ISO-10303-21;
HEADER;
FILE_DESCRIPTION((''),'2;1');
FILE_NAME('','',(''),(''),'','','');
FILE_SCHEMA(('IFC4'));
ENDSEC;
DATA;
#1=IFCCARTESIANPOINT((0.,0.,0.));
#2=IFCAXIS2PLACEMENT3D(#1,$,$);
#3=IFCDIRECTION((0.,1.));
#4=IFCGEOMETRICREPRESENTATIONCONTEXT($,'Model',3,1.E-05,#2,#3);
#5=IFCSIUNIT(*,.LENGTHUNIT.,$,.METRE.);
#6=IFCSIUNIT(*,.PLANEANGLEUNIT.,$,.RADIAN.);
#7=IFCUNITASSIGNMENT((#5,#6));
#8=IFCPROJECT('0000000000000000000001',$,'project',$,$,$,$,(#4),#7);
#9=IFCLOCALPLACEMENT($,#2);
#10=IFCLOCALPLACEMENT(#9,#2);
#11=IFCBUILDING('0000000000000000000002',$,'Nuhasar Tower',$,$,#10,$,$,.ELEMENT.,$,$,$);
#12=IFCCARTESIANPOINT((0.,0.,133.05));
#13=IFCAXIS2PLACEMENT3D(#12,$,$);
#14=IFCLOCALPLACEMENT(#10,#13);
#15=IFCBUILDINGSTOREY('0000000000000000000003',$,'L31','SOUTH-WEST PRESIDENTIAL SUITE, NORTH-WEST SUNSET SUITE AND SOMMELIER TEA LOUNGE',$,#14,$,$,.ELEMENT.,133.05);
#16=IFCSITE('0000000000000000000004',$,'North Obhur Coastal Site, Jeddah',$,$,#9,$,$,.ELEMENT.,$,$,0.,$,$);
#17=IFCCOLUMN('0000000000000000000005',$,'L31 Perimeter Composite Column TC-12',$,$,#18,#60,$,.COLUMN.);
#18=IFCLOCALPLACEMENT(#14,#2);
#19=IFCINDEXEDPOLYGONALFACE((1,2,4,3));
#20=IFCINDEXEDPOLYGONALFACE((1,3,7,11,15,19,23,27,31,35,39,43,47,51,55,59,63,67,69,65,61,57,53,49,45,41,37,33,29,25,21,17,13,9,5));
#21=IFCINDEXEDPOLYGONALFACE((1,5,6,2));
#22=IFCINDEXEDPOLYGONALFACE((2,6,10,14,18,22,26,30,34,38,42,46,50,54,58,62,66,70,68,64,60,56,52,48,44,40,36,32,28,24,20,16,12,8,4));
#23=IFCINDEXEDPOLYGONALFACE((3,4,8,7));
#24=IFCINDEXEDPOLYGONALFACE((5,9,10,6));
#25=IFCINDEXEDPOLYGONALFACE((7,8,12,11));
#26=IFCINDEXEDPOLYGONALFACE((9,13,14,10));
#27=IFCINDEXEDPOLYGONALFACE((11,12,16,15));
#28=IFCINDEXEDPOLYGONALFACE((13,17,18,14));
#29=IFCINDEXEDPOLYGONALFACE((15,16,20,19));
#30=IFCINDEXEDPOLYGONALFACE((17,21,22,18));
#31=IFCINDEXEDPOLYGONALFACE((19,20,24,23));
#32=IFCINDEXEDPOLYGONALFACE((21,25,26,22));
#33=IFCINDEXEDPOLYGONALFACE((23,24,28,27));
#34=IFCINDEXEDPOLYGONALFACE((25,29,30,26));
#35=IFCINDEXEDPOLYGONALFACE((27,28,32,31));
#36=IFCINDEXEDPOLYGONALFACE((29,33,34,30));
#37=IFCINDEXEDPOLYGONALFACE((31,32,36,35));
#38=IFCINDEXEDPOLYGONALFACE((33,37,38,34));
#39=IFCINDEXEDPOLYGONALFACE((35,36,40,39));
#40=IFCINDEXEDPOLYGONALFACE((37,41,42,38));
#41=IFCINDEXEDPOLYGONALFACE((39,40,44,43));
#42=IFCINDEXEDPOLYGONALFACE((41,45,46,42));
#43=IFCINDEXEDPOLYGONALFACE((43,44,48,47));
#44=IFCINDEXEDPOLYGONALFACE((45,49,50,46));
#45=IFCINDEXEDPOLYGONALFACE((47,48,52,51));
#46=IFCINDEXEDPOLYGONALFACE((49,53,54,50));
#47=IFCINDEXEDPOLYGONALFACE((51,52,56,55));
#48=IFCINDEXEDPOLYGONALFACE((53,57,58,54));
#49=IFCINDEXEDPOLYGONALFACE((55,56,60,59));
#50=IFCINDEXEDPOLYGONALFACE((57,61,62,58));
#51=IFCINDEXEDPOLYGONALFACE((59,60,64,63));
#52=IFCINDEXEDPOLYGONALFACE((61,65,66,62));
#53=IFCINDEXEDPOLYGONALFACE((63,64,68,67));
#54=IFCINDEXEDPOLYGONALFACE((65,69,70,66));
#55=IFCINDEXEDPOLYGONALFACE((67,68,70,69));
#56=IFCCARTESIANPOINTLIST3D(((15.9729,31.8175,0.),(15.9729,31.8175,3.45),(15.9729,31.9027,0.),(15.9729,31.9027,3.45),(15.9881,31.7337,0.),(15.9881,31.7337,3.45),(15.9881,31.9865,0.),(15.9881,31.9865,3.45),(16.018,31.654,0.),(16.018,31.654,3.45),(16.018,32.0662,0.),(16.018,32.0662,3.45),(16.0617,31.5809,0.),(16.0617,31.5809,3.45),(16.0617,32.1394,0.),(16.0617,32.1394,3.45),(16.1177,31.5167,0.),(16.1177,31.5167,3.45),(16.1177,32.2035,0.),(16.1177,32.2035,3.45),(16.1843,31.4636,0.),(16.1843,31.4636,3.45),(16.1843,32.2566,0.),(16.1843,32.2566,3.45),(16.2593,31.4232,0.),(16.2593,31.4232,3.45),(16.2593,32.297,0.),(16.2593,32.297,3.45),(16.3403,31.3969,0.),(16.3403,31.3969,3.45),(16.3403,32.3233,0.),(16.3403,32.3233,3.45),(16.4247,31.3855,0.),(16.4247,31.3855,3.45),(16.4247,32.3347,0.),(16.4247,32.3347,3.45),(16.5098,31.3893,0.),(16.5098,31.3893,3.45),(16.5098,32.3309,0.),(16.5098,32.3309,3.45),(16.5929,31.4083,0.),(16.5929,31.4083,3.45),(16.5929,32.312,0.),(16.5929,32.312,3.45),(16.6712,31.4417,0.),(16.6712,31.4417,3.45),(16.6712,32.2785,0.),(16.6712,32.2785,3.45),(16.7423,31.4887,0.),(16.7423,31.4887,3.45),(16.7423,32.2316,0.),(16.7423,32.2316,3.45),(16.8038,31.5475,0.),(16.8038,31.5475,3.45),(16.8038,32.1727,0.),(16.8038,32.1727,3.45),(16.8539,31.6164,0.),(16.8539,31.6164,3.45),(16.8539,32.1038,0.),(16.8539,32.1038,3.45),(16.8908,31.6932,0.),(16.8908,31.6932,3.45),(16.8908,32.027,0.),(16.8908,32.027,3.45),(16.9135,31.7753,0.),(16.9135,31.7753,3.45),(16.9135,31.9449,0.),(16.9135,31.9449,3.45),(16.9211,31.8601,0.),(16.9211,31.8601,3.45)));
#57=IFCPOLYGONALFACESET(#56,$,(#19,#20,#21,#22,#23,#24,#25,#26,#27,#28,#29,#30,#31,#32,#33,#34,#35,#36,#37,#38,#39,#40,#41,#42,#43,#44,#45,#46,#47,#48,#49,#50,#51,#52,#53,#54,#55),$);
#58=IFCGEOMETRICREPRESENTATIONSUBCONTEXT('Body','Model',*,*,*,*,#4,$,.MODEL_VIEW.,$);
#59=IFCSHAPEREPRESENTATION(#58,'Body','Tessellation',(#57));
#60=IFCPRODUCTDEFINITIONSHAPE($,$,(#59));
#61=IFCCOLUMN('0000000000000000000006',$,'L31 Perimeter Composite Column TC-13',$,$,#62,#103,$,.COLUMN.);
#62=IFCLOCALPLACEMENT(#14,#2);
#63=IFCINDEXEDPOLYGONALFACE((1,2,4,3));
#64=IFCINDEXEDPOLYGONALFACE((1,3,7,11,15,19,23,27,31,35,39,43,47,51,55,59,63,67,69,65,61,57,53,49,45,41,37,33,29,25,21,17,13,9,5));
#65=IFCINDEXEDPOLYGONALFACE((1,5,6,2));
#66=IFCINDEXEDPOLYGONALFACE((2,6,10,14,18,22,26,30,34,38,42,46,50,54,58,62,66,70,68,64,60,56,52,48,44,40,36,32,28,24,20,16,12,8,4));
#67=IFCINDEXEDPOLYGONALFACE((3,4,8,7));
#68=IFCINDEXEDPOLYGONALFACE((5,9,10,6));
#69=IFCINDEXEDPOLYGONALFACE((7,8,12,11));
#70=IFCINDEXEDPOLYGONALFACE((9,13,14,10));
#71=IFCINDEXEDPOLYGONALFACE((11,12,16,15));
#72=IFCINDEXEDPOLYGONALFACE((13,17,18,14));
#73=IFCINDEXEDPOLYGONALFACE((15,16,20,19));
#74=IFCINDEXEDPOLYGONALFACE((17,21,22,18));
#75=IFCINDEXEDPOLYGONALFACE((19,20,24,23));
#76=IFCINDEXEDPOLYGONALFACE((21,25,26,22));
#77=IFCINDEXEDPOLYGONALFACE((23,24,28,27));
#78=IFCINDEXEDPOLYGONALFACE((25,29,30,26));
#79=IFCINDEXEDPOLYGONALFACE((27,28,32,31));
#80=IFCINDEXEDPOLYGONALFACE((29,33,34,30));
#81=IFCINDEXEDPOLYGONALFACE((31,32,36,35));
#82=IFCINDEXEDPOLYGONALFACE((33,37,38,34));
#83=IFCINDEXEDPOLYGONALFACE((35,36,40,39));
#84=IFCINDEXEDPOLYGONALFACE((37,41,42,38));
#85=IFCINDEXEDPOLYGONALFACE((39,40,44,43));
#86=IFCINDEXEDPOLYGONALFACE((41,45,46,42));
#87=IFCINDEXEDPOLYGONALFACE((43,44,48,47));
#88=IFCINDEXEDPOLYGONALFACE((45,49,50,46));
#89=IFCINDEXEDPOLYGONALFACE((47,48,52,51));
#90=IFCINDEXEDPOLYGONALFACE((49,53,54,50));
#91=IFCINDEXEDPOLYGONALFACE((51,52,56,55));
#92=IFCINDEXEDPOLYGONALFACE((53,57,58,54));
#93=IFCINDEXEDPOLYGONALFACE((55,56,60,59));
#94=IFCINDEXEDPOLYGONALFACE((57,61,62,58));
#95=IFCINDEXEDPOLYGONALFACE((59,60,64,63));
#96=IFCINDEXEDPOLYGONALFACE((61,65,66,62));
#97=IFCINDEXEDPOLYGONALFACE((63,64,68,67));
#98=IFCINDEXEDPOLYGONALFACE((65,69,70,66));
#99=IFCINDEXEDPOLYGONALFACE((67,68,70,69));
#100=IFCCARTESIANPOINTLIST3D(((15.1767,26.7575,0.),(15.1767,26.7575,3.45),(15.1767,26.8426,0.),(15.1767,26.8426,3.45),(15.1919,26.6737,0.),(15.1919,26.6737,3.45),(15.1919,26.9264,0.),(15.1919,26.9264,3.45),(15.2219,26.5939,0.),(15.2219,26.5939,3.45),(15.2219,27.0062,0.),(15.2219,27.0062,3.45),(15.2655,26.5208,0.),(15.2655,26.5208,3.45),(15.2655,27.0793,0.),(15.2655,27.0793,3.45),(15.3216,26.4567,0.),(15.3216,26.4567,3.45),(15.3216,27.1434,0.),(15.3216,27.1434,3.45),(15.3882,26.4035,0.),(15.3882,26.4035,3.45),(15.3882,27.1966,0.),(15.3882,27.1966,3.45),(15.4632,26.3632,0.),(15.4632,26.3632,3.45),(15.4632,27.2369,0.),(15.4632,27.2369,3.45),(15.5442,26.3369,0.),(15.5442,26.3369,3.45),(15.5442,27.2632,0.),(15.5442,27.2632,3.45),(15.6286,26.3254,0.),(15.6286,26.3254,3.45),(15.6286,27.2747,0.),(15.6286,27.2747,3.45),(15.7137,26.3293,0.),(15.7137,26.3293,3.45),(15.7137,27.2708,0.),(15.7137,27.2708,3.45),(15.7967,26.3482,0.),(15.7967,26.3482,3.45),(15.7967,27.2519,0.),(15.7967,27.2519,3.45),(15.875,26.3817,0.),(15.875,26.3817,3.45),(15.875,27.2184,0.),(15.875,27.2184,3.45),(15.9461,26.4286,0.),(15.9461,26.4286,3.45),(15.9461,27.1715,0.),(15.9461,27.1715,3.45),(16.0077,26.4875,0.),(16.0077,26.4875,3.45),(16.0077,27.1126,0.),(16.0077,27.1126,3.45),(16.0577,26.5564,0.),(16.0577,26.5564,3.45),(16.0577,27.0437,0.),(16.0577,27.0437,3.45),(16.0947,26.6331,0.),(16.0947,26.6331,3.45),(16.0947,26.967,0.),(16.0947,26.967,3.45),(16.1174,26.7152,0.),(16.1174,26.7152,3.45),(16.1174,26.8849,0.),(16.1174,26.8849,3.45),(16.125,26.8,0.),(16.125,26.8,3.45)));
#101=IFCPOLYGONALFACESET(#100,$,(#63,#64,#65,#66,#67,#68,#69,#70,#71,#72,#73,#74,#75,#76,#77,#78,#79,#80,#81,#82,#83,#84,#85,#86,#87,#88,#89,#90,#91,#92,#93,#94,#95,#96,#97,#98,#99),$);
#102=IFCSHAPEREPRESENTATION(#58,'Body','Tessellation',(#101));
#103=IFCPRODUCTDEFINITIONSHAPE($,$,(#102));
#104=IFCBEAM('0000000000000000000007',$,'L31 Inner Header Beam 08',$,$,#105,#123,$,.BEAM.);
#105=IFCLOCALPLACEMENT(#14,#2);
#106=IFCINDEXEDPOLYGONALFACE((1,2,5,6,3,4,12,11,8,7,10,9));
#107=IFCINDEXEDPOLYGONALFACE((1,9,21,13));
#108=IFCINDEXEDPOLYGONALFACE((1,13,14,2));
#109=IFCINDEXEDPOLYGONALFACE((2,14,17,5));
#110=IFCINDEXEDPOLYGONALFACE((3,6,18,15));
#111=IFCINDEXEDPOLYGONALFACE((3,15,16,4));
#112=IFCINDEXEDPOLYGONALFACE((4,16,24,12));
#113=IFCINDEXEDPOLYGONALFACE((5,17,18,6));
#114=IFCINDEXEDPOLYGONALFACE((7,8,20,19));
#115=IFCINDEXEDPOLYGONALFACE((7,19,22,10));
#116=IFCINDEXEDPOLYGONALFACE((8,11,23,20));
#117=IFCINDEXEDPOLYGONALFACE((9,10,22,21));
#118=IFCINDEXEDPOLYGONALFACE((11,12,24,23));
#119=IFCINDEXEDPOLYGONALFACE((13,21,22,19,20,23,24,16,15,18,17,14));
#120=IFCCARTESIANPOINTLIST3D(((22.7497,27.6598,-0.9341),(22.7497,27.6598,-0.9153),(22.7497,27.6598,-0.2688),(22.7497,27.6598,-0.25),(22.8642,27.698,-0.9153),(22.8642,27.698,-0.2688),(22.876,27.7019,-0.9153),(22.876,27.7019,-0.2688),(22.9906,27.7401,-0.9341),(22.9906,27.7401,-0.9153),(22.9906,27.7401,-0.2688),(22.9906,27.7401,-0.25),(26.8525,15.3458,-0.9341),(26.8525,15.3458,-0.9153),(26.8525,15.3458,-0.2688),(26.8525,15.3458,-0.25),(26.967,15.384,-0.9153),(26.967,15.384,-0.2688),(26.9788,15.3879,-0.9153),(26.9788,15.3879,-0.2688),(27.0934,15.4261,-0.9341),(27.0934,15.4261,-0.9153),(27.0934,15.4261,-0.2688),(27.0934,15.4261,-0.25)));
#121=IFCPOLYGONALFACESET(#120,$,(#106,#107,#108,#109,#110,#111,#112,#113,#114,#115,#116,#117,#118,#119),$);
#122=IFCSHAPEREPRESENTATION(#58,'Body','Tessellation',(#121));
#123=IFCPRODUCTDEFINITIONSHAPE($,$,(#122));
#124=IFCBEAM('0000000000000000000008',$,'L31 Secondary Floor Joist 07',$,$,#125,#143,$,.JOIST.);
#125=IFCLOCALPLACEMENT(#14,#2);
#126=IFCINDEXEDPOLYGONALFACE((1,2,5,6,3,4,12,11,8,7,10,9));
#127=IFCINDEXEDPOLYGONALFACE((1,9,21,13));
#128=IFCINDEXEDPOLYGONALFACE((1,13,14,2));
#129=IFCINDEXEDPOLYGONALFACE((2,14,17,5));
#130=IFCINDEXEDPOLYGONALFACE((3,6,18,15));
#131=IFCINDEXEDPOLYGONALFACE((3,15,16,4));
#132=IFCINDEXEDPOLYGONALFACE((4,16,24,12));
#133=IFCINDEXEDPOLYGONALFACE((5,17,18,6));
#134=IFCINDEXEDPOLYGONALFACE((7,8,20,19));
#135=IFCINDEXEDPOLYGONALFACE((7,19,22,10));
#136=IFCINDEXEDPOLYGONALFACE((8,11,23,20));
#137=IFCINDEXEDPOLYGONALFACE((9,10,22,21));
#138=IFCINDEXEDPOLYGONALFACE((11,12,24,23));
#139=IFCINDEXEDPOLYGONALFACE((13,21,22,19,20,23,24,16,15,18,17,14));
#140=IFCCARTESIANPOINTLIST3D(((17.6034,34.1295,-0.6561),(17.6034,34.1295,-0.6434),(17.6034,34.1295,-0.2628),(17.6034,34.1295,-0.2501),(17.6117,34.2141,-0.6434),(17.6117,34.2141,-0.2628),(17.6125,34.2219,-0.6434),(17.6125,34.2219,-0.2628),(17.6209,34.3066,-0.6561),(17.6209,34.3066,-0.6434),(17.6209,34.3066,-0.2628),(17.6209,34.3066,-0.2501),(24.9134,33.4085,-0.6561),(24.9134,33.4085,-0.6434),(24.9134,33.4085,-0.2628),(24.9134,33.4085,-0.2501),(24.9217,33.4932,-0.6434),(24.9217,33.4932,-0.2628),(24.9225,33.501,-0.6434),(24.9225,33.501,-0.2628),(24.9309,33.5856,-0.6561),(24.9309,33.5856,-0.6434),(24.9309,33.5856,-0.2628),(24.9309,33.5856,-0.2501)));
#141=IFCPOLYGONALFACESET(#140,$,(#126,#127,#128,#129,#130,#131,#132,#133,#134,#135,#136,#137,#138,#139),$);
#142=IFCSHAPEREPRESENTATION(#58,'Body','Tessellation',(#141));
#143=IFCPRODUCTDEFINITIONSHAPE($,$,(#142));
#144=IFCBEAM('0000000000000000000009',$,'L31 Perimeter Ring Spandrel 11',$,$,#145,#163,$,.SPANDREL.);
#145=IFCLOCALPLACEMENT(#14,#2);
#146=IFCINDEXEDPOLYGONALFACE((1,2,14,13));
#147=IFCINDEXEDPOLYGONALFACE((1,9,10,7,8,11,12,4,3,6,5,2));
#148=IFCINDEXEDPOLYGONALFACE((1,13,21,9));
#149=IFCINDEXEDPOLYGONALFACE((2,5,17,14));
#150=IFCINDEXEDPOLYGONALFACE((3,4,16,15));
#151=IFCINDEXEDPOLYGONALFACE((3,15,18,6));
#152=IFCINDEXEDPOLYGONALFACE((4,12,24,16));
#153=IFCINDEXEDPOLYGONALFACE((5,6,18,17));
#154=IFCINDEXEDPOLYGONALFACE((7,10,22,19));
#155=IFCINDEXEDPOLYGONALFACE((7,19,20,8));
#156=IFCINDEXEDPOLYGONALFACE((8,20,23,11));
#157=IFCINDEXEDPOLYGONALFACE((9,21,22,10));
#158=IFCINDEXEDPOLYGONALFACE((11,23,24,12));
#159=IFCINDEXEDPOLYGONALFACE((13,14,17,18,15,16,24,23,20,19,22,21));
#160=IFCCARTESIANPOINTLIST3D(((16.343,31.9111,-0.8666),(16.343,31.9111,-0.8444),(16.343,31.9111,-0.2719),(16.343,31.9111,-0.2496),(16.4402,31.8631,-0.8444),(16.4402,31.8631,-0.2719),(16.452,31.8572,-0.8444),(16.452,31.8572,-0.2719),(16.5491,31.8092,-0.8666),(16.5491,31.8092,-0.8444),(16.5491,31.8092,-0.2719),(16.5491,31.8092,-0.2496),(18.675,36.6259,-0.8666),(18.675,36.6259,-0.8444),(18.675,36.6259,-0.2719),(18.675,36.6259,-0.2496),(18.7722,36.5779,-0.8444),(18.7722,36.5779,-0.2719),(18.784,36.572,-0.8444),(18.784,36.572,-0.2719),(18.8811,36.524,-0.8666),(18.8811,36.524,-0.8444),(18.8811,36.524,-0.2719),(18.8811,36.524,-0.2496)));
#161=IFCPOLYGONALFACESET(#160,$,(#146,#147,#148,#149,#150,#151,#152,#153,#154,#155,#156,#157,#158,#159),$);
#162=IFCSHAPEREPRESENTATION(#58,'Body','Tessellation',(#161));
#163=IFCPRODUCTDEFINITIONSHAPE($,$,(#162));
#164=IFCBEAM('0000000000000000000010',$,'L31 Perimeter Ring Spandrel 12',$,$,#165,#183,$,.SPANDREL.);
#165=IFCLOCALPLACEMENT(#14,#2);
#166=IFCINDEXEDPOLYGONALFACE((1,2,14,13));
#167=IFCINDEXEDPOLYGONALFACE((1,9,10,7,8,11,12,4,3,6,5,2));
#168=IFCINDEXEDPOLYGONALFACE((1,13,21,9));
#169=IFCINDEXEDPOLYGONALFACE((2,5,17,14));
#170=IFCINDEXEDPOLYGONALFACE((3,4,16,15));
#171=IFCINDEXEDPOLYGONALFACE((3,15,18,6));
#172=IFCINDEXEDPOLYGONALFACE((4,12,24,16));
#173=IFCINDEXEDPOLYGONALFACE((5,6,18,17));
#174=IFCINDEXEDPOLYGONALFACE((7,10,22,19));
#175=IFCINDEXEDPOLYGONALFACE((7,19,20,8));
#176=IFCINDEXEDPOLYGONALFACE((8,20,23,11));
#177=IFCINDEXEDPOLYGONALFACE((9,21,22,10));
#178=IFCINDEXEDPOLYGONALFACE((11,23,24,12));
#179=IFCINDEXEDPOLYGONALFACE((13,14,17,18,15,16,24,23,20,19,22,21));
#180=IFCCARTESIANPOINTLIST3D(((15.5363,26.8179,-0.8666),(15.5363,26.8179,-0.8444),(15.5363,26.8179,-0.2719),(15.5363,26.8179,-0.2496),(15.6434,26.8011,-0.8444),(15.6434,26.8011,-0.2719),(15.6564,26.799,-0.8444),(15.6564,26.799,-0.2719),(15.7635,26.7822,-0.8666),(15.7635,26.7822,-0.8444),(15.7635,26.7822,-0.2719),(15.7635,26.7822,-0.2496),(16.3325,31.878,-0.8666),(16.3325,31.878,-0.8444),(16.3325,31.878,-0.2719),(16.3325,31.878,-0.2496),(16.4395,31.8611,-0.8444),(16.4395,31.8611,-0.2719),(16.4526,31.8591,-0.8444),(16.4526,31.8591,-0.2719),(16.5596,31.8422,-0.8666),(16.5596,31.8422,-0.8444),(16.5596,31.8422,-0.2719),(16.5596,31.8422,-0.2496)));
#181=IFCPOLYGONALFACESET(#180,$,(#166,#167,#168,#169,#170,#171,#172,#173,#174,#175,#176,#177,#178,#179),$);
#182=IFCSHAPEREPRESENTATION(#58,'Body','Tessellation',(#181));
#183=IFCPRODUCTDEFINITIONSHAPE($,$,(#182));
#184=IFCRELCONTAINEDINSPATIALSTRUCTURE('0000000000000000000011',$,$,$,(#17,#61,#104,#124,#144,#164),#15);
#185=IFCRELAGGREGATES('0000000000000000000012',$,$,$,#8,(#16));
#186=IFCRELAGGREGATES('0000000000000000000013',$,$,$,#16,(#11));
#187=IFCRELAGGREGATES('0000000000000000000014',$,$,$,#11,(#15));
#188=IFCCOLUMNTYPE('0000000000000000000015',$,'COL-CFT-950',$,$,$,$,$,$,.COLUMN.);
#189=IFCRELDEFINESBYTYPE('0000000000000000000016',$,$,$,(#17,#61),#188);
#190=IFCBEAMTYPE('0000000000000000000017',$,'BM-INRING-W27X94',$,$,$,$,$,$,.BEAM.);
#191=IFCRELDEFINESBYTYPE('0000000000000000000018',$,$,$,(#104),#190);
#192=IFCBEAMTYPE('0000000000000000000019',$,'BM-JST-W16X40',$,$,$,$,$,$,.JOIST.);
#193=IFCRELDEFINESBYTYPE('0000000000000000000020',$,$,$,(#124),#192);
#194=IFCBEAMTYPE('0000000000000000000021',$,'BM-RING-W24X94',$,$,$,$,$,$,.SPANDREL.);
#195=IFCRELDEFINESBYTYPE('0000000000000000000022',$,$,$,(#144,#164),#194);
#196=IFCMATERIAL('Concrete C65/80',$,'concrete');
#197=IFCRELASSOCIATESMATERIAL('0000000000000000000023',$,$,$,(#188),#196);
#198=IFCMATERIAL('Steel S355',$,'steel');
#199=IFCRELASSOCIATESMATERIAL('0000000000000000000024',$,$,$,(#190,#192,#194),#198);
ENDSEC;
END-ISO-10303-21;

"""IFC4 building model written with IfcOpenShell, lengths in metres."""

from ifc_helpers import new_model, si_unit, direction, frame, origin, origin_2d, place, context, subcontext, project, spatial, circle, i_section, extrude, material, material_profile, profile_set, type_object, element, save


model = new_model("IFC4")

# Units and contexts
model_context = context("Model", 3, precision=1e-05, world=origin(), true_north=direction((0.0, 1.0)))
body_context = subcontext(model_context, "Body", "Model", "MODEL_VIEW")
ifc_project = project(units=[si_unit("LENGTHUNIT", "METRE"), si_unit("PLANEANGLEUNIT", "RADIAN")], contexts=[model_context])

# Site, building, storey
site_placement = place(None, origin())
site = spatial("IfcSite", under=ifc_project, at=site_placement, Name="North Obhur Coastal Site, Jeddah", CompositionType="ELEMENT", RefElevation=0.0)
building_placement = place(site_placement, origin())
building = spatial("IfcBuilding", under=site, at=building_placement, Name="Nuhasar Tower", CompositionType="ELEMENT")
storey_placement = place(building_placement, frame((0.0, 0.0, 133.05)))
storey = spatial("IfcBuildingStorey", under=building, at=storey_placement, Name="L31", Description="SOUTH-WEST PRESIDENTIAL SUITE, NORTH-WEST SUNSET SUITE AND SOMMELIER TEA LOUNGE", CompositionType="ELEMENT", Elevation=133.05)

# Columns
ifc_material_1 = material(Name="Concrete C65/80", Category="concrete")
ifc_material_profile_1 = material_profile(ifc_material_1, circle(Radius=0.4751, at=origin_2d()), Name="CFT950")
ifc_profile_set_1 = profile_set([ifc_material_profile_1], Name="Concrete C65/80")
column_type = type_object("IfcColumnType", Name="COL-CFT-950", PredefinedType="COLUMN", material=ifc_profile_set_1)
for number, where, z_axis, x_axis, name in (
    (1, (16.446, 31.8601, 0.0), (0.0, 0.0, 1.0), (1.0, 0.0, 0.0), "L31 Perimeter Composite Column TC-12"),
    (2, (15.6499, 26.8, 0.0), (0.0, 0.0, 1.0), (1.0, 0.0, 0.0), "L31 Perimeter Composite Column TC-13"),
):
    element("IfcColumn", number, at=place(storey_placement, frame(where, z_axis=z_axis, x_axis=x_axis)), inside=storey, type_object=column_type, Name=name, PredefinedType="COLUMN", context=body_context, shape_type="SweptSolid", body=[
        extrude(circle(Radius=0.4751, at=origin_2d()), origin(), (0.0, 0.0, 1.0), 3.45),
    ])

# Beams
ifc_material_2 = material(Name="Steel S355", Category="steel")
ifc_material_profile_2 = material_profile(ifc_material_2, i_section(OverallWidth=0.2539, OverallDepth=0.6841, WebThickness=0.0125, FlangeThickness=0.0188, at=origin_2d()), Name="W27X94")
ifc_profile_set_2 = profile_set([ifc_material_profile_2], Name="Steel S355")
beam_type_1 = type_object("IfcBeamType", Name="BM-INRING-W27X94", PredefinedType="BEAM", material=ifc_profile_set_2)
beam_1_placement = place(storey_placement, frame((22.8701, 27.7, -0.592), z_axis=(0.316098, -0.948727, 0.0), x_axis=(0.948727, 0.316098, 0.0)))
element("IfcBeam", 3, at=beam_1_placement, inside=storey, type_object=beam_type_1, Name="L31 Inner Header Beam 08", PredefinedType="BEAM", context=body_context, shape_type="SweptSolid", body=[
    extrude(i_section(OverallWidth=0.2539, OverallDepth=0.6841, WebThickness=0.0125, FlangeThickness=0.0188, at=origin_2d()), origin(), (0.0, 0.0, 1.0), 12.9795),
])
ifc_material_profile_3 = material_profile(ifc_material_2, i_section(OverallWidth=0.178, OverallDepth=0.406, WebThickness=0.0078, FlangeThickness=0.0127, at=origin_2d()), Name="W16X40")
ifc_profile_set_3 = profile_set([ifc_material_profile_3], Name="Steel S355")
beam_type_2 = type_object("IfcBeamType", Name="BM-JST-W16X40", PredefinedType="JOIST", material=ifc_profile_set_3)
beam_2_placement = place(storey_placement, frame((24.9221, 33.4971, -0.4531), z_axis=(-0.995172, 0.098148, 0.0), x_axis=(-0.098148, -0.995172, 0.0)))
element("IfcBeam", 4, at=beam_2_placement, inside=storey, type_object=beam_type_2, Name="L31 Secondary Floor Joist 07", PredefinedType="JOIST", context=body_context, shape_type="SweptSolid", body=[
    extrude(i_section(OverallWidth=0.178, OverallDepth=0.406, WebThickness=0.0078, FlangeThickness=0.0127, at=origin_2d()), origin(), (0.0, 0.0, 1.0), 7.3455),
])
ifc_material_profile_4 = material_profile(ifc_material_2, i_section(OverallWidth=0.23, OverallDepth=0.6169, WebThickness=0.0132, FlangeThickness=0.0222, at=origin_2d()), Name="W24X94")
ifc_profile_set_4 = profile_set([ifc_material_profile_4], Name="Steel S355")
beam_type_3 = type_object("IfcBeamType", Name="BM-RING-W24X94", PredefinedType="SPANDREL", material=ifc_profile_set_4)
beam_3_placement = place(storey_placement, frame((18.7781, 36.575, -0.5581), z_axis=(-0.443348, -0.89635, 0.0), x_axis=(0.89635, -0.443348, 0.0)))
element("IfcBeam", 5, at=beam_3_placement, inside=storey, type_object=beam_type_3, Name="L31 Perimeter Ring Spandrel 11", PredefinedType="SPANDREL", context=body_context, shape_type="SweptSolid", body=[
    extrude(i_section(OverallWidth=0.23, OverallDepth=0.6169, WebThickness=0.0132, FlangeThickness=0.0222, at=origin_2d()), origin(), (0.0, 0.0, 1.0), 5.26),
])
for number, where, z_axis, x_axis, name in (
    (6, (16.446, 31.8601, -0.5581), (-0.155427, -0.987847, 0.0), (0.987847, -0.155427, 0.0), "L31 Perimeter Ring Spandrel 12"),
):
    element("IfcBeam", number, at=place(storey_placement, frame(where, z_axis=z_axis, x_axis=x_axis)), inside=storey, type_object=beam_type_3, Name=name, PredefinedType="SPANDREL", context=body_context, shape_type="SweptSolid", body=[
        extrude(i_section(OverallWidth=0.23, OverallDepth=0.6169, WebThickness=0.0132, FlangeThickness=0.0222, at=origin_2d()), origin(), (0.0, 0.0, 1.0), 5.1223),
    ])

save(model, "model.ifc")
